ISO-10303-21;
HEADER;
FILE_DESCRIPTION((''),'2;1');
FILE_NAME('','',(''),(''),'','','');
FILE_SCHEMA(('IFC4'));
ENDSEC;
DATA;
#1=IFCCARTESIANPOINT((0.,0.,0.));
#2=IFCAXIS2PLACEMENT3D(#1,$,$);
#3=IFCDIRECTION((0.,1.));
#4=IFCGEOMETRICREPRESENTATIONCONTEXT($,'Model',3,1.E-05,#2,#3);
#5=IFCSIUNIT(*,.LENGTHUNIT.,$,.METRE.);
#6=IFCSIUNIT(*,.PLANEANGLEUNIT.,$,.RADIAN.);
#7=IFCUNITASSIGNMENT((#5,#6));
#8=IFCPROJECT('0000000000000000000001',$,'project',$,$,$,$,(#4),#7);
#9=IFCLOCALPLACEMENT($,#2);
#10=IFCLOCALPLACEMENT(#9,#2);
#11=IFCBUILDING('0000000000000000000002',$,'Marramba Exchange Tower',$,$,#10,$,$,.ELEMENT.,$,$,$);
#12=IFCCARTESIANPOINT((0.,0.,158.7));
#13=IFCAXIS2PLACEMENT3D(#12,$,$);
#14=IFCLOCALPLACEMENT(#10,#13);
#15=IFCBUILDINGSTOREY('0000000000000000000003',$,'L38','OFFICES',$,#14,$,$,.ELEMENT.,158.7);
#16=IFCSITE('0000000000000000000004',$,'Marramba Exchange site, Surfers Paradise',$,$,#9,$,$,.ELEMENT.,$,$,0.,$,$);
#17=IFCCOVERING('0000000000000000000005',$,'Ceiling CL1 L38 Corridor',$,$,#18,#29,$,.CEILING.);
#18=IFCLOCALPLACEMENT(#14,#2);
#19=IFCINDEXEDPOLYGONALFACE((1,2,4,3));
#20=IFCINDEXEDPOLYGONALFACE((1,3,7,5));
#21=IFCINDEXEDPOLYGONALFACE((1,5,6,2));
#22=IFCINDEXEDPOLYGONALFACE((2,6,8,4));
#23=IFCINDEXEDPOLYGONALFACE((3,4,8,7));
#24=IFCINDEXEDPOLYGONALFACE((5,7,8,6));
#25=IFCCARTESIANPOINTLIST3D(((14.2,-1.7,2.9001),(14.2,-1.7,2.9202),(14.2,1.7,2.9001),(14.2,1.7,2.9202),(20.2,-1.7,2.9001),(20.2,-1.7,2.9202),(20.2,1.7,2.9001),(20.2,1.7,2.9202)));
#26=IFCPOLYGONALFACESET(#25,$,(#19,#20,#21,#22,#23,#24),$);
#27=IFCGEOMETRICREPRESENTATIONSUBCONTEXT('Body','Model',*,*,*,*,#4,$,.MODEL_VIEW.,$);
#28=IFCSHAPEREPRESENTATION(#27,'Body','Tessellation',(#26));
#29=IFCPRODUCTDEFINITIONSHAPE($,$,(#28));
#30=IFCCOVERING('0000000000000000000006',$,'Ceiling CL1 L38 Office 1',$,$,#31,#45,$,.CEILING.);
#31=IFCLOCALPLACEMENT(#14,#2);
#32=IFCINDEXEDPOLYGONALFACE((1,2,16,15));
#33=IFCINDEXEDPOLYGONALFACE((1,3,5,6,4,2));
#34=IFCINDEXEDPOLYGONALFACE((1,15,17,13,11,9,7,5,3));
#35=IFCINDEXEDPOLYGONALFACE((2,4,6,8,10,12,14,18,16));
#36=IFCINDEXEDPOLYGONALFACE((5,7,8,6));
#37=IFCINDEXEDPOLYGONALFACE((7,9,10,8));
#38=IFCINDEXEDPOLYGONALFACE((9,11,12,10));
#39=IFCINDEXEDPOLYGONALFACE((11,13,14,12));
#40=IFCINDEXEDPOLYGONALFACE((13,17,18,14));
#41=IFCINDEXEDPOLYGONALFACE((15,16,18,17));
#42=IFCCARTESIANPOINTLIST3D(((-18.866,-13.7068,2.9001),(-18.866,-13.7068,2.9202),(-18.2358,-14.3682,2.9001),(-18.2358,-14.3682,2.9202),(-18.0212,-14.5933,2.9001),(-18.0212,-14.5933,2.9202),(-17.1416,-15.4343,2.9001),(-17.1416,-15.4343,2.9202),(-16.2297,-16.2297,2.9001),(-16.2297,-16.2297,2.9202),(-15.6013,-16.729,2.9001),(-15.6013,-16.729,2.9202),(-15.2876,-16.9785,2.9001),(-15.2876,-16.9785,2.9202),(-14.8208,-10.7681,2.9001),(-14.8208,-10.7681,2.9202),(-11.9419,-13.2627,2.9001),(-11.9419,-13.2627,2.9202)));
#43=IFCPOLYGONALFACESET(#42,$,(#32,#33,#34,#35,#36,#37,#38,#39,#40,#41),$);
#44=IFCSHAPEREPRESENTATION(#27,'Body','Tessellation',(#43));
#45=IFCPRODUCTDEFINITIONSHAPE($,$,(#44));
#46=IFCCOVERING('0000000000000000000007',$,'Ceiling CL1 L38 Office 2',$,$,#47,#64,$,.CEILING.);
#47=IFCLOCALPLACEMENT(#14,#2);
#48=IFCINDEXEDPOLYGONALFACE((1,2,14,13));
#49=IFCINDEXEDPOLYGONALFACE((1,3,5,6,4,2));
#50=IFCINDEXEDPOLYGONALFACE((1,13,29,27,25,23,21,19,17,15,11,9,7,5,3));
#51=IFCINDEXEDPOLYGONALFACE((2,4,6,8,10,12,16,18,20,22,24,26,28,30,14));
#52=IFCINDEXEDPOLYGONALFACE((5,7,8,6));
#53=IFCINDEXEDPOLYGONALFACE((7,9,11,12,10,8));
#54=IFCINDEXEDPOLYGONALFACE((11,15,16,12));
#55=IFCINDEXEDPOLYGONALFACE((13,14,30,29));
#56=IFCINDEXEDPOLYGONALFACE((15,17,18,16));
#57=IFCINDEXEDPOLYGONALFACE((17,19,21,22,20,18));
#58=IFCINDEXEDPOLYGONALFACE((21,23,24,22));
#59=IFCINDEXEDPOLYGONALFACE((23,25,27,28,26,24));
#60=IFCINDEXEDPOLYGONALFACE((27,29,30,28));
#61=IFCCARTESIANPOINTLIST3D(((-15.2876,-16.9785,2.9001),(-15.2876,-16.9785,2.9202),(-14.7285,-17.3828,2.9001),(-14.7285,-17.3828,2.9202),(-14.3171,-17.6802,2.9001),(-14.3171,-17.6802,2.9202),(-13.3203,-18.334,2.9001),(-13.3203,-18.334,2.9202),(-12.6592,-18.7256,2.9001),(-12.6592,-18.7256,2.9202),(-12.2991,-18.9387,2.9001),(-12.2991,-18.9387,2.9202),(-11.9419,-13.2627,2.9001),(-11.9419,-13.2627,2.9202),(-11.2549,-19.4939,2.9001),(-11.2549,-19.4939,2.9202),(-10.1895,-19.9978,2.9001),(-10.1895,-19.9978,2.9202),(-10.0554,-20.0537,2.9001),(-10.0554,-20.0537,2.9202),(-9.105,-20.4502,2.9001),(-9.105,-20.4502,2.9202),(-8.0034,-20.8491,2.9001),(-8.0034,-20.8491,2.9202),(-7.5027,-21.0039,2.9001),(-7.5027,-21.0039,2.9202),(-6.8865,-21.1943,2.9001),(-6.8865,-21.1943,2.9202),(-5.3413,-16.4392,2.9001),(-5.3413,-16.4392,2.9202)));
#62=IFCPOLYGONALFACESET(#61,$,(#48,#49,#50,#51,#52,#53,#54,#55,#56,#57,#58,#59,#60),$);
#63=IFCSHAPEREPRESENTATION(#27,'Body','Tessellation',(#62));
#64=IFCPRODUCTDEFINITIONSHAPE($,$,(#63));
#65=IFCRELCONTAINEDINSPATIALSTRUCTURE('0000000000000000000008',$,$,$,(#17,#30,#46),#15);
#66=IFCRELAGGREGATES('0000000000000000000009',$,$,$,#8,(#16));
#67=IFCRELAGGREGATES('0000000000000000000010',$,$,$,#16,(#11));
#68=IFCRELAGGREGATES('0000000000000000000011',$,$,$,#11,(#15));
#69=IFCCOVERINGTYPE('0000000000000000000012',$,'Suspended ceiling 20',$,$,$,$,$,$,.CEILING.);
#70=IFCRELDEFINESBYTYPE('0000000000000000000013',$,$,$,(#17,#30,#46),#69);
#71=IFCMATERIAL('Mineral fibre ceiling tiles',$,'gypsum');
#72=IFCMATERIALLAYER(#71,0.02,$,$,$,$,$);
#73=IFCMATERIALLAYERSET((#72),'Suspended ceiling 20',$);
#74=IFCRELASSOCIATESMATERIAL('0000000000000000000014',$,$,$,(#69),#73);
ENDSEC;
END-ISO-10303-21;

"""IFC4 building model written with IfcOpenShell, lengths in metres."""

from ifc_helpers import new_model, si_unit, direction, frame, origin, place, context, subcontext, project, spatial, polyline, outline, extrude, material, layer, layer_set, type_object, element, save


model = new_model("IFC4")

# Units and contexts
model_context = context("Model", 3, precision=1e-05, world=origin(), true_north=direction((0.0, 1.0)))
body_context = subcontext(model_context, "Body", "Model", "MODEL_VIEW")
ifc_project = project(units=[si_unit("LENGTHUNIT", "METRE"), si_unit("PLANEANGLEUNIT", "RADIAN")], contexts=[model_context])

# Site, building, storey
site_placement = place(None, origin())
site = spatial("IfcSite", under=ifc_project, at=site_placement, Name="Marramba Exchange site, Surfers Paradise", CompositionType="ELEMENT", RefElevation=0.0)
building_placement = place(site_placement, origin())
building = spatial("IfcBuilding", under=site, at=building_placement, Name="Marramba Exchange Tower", CompositionType="ELEMENT")
storey_placement = place(building_placement, frame((0.0, 0.0, 158.7)))
storey = spatial("IfcBuildingStorey", under=building, at=storey_placement, Name="L38", Description="OFFICES", CompositionType="ELEMENT", Elevation=158.7)

# Coverings
ifc_material_1 = material(Name="Mineral fibre ceiling tiles", Category="gypsum")
ifc_layer_1 = layer(ifc_material_1, 0.02)
ifc_layer_set_1 = layer_set([ifc_layer_1], Name="Suspended ceiling 20")
covering_type = type_object("IfcCoveringType", Name="Suspended ceiling 20", PredefinedType="CEILING", material=ifc_layer_set_1)
covering_1_placement = place(storey_placement, frame((0.0, 0.0, 2.9001)))
element("IfcCovering", 1, at=covering_1_placement, inside=storey, type_object=covering_type, Name="Ceiling CL1 L38 Corridor", PredefinedType="CEILING", context=body_context, shape_type="SweptSolid", body=[
    extrude(outline(polyline([(14.2, -1.7), (14.2, 1.7), (20.2, 1.7), (20.2, -1.7), (14.2, -1.7)])), origin(), (0.0, 0.0, 1.0), 0.02),
])
covering_2_placement = place(storey_placement, frame((0.0, 0.0, 2.9001)))
element("IfcCovering", 2, at=covering_2_placement, inside=storey, type_object=covering_type, Name="Ceiling CL1 L38 Office 1", PredefinedType="CEILING", context=body_context, shape_type="SweptSolid", body=[
    extrude(outline(polyline([(-15.6013, -16.729), (-16.2297, -16.2297), (-17.1416, -15.4343), (-18.0212, -14.5933), (-18.2358, -14.3682), (-18.866, -13.7068), (-14.8208, -10.7681), (-11.9419, -13.2627), (-15.2876, -16.9785), (-15.6013, -16.729)])), origin(), (0.0, 0.0, 1.0), 0.02),
])
covering_3_placement = place(storey_placement, frame((0.0, 0.0, 2.9001)))
element("IfcCovering", 3, at=covering_3_placement, inside=storey, type_object=covering_type, Name="Ceiling CL1 L38 Office 2", PredefinedType="CEILING", context=body_context, shape_type="SweptSolid", body=[
    extrude(outline(polyline([(-6.8865, -21.1943), (-7.5027, -21.0039), (-8.0034, -20.8491), (-9.105, -20.4502), (-10.0554, -20.0537), (-10.1895, -19.9978), (-11.2549, -19.4939), (-12.2991, -18.9387), (-12.6592, -18.7256), (-13.3203, -18.334), (-14.3171, -17.6802), (-14.7285, -17.3828), (-15.2876, -16.9785), (-11.9419, -13.2627), (-5.3413, -16.4392), (-6.8865, -21.1943), (-6.8865, -21.1943)])), origin(), (0.0, 0.0, 1.0), 0.02),
])

save(model, "model.ifc")
